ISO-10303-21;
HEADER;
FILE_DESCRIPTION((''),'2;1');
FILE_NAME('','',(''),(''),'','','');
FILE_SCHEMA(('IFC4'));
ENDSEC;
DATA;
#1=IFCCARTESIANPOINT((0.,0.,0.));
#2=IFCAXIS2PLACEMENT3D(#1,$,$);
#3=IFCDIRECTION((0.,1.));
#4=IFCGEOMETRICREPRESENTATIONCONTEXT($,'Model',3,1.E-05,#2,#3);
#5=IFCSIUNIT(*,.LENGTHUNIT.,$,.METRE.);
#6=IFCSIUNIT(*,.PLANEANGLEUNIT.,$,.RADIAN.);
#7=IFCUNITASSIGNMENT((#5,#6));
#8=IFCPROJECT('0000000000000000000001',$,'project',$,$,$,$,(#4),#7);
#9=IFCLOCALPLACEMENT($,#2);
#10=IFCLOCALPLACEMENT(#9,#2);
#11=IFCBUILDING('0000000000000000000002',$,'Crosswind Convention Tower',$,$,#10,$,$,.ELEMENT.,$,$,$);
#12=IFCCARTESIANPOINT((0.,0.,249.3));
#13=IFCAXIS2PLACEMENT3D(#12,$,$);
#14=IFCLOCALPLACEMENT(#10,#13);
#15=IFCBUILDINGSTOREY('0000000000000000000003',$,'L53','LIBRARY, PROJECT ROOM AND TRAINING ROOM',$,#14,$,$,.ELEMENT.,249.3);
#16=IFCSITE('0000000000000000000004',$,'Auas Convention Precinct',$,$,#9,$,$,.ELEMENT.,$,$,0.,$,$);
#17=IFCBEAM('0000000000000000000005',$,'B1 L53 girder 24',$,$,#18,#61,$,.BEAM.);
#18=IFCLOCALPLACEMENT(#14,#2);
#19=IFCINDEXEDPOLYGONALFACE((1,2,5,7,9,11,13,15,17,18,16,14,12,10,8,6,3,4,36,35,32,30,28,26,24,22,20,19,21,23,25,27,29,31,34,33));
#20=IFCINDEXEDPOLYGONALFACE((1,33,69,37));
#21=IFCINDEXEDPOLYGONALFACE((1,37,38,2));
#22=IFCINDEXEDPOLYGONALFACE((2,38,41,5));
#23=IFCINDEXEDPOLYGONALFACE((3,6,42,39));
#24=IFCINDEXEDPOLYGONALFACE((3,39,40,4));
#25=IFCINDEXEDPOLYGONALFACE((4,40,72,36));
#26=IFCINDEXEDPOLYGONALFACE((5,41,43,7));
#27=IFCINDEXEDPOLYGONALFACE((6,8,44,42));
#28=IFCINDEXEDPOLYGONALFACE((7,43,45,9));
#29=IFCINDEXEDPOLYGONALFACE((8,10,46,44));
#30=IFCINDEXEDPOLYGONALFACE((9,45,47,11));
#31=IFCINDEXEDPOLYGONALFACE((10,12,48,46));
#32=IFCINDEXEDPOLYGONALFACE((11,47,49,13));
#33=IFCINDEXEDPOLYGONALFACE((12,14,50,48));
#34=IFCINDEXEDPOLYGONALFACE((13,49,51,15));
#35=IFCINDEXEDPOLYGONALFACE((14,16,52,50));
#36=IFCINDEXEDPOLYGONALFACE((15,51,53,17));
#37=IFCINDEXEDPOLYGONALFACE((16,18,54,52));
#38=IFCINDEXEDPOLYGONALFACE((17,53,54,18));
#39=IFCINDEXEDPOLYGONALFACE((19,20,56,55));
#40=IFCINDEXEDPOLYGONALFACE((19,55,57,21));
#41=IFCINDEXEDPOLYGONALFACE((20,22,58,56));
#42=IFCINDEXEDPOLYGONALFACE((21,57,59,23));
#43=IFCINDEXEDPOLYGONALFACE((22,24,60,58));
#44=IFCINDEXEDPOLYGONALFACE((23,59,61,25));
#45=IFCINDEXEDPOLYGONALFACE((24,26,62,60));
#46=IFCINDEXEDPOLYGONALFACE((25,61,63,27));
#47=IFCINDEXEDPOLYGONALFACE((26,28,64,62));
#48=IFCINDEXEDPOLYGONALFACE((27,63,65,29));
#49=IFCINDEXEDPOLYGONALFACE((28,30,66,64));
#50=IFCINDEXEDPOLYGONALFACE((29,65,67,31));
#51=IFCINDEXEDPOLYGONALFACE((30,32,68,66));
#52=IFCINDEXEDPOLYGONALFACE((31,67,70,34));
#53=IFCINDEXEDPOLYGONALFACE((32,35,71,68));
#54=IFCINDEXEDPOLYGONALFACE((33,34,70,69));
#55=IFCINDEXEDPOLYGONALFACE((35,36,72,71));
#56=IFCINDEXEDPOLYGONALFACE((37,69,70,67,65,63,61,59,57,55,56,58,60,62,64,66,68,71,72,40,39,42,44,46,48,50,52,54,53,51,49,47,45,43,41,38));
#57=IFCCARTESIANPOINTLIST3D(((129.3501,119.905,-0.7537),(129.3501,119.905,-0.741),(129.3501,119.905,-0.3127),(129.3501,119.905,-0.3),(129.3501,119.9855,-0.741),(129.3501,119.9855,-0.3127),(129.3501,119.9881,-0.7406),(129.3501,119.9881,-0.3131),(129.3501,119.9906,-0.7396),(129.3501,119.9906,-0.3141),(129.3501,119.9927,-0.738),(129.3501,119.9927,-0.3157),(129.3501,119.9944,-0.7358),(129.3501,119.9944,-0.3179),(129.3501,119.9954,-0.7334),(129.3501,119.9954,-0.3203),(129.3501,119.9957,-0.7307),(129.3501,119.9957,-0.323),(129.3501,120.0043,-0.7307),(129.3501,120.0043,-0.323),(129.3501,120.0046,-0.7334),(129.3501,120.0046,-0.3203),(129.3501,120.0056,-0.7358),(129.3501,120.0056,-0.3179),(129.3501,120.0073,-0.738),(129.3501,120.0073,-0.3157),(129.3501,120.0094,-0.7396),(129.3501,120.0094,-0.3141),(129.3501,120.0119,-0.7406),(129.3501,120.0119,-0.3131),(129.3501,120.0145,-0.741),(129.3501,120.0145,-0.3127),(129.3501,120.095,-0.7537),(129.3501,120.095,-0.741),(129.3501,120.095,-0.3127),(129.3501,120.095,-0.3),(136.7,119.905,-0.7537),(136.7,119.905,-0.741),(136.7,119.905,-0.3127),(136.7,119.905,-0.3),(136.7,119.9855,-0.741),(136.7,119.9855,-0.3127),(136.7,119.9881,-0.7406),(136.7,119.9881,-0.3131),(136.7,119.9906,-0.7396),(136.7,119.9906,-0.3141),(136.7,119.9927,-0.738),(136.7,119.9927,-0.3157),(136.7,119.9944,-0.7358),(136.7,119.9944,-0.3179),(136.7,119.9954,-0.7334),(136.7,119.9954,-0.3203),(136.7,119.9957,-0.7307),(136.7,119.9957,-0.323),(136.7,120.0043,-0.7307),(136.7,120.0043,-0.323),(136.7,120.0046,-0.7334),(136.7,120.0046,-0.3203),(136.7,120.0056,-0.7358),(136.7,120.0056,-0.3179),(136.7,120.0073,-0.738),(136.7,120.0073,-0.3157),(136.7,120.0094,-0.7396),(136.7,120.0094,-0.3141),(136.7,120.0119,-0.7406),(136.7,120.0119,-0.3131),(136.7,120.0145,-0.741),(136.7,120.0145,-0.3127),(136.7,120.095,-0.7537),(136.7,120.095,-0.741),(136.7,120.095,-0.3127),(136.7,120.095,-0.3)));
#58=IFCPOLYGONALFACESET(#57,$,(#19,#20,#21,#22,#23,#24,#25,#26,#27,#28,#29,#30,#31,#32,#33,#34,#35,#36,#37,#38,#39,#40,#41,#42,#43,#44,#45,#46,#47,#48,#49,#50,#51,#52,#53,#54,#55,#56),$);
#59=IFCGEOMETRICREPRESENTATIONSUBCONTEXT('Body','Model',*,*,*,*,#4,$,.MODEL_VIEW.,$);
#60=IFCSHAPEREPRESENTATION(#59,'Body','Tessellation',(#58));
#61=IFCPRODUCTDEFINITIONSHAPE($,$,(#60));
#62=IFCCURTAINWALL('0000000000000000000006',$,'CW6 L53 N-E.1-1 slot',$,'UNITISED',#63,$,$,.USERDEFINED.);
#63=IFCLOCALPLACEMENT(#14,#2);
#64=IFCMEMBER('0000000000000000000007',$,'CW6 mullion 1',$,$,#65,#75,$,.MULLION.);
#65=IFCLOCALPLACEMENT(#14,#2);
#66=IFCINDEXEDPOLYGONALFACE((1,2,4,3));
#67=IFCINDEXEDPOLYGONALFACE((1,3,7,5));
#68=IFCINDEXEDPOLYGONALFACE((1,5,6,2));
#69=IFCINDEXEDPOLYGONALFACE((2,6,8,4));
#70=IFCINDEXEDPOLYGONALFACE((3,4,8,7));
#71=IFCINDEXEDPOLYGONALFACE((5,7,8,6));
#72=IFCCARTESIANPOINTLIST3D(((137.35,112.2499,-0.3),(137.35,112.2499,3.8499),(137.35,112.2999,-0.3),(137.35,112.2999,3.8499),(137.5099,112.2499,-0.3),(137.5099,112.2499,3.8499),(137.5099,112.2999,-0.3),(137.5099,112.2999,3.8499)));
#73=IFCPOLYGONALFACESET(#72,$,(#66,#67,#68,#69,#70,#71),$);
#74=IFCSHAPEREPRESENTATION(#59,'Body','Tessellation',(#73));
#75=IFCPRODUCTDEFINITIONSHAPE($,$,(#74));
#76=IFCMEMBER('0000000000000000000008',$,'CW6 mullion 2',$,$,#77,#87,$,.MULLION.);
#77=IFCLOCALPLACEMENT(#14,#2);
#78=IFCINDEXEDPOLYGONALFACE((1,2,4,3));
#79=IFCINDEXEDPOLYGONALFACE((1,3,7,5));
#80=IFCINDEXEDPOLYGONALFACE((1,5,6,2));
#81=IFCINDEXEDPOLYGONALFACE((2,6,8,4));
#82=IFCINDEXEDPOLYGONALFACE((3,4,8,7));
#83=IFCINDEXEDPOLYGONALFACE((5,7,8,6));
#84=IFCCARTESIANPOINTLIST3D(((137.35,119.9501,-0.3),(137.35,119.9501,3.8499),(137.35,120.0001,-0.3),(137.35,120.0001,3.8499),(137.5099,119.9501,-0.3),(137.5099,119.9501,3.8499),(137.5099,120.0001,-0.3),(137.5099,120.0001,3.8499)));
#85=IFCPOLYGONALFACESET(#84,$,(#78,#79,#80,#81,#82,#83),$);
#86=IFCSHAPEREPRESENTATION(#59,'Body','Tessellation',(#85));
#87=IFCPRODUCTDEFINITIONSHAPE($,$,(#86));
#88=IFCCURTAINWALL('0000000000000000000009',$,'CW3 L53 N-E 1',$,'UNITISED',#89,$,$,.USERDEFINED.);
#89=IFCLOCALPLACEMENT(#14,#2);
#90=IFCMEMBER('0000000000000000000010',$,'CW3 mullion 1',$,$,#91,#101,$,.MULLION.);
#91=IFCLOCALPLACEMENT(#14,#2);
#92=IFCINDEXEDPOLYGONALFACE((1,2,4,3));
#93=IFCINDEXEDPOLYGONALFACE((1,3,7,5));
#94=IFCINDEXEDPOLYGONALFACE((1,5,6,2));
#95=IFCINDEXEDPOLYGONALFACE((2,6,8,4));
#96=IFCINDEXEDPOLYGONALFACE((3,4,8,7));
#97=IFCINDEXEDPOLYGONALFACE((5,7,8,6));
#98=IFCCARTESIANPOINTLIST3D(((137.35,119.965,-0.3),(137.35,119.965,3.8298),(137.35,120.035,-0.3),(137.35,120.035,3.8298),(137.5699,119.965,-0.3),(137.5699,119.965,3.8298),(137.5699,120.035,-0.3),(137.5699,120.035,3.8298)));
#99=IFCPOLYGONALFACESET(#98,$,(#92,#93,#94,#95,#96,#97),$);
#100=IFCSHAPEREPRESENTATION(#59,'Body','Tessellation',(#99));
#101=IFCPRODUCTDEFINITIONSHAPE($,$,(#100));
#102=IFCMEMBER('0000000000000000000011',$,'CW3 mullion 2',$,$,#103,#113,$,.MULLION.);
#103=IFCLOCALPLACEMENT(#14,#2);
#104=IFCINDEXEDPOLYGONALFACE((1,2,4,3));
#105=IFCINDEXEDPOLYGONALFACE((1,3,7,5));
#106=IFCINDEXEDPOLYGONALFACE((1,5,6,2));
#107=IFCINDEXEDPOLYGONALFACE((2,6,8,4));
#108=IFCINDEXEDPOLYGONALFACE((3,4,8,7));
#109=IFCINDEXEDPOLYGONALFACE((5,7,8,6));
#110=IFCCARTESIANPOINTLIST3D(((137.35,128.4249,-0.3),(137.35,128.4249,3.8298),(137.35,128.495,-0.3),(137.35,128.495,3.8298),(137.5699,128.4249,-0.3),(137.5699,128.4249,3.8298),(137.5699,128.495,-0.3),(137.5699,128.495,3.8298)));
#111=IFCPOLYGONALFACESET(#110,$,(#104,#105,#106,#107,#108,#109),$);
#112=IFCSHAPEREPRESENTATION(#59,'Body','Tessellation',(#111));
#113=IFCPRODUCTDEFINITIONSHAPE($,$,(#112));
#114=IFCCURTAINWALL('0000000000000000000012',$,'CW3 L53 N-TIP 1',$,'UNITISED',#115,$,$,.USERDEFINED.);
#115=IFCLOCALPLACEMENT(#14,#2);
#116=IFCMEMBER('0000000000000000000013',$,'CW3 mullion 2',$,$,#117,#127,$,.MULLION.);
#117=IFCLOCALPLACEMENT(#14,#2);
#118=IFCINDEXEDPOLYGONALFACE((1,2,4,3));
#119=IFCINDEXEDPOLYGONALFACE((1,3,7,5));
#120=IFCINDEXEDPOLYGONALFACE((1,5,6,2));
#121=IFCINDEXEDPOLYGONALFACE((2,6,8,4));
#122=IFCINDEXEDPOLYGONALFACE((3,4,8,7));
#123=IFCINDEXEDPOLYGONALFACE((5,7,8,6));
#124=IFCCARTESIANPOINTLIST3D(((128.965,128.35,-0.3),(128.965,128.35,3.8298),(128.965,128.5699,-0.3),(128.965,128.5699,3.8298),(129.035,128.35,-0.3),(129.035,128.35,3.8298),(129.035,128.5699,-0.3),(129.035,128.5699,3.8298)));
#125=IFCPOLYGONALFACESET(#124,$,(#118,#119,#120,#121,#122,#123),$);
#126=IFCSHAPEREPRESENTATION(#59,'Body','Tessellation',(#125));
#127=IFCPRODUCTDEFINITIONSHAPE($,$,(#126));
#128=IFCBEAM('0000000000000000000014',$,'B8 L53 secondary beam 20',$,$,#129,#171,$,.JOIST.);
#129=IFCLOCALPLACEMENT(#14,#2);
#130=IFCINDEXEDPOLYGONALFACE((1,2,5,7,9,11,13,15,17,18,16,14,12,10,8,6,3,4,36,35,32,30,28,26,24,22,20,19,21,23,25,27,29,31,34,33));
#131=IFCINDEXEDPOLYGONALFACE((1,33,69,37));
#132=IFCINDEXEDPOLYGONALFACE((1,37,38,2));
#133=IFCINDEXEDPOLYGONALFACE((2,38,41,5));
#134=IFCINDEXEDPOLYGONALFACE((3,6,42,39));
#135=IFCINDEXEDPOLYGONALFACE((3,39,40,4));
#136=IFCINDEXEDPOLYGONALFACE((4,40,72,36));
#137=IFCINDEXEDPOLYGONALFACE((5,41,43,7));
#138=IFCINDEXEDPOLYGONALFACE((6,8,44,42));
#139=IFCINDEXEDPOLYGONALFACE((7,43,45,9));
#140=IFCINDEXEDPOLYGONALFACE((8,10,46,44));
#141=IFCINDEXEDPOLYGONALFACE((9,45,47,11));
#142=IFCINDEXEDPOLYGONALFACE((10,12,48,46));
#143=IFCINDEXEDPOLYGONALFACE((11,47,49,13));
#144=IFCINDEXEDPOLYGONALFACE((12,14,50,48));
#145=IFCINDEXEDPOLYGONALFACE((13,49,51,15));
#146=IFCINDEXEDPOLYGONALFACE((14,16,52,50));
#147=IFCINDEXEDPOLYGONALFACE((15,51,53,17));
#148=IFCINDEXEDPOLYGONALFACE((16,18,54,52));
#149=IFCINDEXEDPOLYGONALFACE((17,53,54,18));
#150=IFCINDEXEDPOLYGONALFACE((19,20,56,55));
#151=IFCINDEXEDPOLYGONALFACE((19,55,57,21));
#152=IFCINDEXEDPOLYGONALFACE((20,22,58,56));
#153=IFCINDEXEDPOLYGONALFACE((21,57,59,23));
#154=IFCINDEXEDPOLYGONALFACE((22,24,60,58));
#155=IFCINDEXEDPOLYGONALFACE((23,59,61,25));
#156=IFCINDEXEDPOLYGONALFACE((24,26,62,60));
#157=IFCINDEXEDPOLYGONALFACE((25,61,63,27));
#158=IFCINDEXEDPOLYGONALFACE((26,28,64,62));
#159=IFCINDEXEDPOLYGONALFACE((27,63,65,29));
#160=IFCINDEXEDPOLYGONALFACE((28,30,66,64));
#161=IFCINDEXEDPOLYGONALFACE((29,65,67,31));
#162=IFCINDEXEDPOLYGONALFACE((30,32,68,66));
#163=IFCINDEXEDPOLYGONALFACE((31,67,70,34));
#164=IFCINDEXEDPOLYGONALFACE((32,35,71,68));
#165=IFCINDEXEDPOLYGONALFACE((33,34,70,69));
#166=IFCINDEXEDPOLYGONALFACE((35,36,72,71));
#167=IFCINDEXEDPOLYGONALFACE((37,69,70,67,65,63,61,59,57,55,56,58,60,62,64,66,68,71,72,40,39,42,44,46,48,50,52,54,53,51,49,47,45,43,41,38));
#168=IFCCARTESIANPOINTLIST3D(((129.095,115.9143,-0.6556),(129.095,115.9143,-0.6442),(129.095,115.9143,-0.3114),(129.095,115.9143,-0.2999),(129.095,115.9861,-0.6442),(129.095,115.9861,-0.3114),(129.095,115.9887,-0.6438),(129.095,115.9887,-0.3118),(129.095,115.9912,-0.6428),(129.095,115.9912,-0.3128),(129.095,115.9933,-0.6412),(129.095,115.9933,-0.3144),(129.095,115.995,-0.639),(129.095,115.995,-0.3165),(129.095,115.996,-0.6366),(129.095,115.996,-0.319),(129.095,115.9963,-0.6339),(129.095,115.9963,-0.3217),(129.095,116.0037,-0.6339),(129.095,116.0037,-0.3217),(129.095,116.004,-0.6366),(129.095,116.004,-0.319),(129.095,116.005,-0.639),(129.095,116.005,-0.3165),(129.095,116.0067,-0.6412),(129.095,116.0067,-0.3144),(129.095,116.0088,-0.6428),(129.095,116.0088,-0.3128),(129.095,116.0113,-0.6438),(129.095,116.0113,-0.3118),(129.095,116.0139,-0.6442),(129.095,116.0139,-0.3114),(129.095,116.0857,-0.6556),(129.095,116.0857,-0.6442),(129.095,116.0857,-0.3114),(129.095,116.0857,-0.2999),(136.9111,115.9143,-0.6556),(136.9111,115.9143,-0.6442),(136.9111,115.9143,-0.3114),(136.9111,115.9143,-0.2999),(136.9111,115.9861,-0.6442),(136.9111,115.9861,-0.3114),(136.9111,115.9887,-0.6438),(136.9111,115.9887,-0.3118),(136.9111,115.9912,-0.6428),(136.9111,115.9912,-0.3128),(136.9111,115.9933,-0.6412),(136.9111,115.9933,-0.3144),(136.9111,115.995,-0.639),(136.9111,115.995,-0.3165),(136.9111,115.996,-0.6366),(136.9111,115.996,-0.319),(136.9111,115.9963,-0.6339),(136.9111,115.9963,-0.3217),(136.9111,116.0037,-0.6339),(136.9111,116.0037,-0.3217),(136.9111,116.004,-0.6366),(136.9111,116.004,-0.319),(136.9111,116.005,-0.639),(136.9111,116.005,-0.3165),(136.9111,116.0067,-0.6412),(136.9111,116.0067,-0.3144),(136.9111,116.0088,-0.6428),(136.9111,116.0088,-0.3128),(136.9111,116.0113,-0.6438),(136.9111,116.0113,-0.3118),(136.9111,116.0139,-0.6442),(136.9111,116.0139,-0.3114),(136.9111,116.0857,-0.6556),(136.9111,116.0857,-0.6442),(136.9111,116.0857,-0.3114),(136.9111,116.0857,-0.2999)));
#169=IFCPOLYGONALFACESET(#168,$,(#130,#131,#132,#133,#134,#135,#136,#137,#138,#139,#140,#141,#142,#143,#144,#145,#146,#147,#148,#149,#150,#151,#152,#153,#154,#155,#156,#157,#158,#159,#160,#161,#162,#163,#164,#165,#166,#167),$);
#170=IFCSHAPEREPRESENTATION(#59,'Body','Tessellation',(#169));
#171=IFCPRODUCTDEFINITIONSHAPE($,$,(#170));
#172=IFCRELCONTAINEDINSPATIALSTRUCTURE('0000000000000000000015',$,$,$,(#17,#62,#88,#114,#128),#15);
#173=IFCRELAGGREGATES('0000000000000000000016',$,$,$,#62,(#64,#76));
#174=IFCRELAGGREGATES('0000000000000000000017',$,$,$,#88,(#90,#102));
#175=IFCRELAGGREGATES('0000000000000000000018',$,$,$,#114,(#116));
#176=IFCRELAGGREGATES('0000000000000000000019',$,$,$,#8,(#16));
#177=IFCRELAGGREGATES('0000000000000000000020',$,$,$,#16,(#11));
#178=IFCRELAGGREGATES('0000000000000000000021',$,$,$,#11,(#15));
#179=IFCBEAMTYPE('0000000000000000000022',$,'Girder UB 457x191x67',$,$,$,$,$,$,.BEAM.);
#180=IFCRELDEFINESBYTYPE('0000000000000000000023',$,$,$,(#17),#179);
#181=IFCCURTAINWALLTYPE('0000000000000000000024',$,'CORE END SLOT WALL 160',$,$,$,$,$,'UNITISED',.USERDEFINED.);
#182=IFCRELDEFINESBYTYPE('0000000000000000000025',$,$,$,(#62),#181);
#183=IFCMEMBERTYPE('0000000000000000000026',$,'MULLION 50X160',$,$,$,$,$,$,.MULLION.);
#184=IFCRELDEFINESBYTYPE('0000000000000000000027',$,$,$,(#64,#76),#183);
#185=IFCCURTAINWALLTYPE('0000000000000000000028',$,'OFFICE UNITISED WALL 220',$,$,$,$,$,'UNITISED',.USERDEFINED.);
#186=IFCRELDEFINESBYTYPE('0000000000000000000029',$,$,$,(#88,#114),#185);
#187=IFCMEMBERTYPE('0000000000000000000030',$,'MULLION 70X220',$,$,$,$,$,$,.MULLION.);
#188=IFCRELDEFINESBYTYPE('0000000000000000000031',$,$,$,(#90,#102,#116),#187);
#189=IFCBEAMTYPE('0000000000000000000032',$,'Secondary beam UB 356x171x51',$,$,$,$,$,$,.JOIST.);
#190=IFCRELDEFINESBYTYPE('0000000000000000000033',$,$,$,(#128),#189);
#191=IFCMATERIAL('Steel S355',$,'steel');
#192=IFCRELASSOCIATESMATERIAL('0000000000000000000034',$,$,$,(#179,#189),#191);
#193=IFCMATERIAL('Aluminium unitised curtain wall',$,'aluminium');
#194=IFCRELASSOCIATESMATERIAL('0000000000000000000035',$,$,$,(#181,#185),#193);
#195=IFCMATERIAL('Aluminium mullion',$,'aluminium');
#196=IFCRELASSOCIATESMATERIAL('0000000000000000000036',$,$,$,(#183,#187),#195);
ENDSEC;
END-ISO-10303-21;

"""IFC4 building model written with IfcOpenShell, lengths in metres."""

from ifc_helpers import new_model, si_unit, direction, frame, origin, origin_2d, place, context, subcontext, project, spatial, rectangle, i_section, extrude, material, material_profile, profile_set, type_object, element, aggregate, save


model = new_model("IFC4")

# Units and contexts
model_context = context("Model", 3, precision=1e-05, world=origin(), true_north=direction((0.0, 1.0)))
body_context = subcontext(model_context, "Body", "Model", "MODEL_VIEW")
ifc_project = project(units=[si_unit("LENGTHUNIT", "METRE"), si_unit("PLANEANGLEUNIT", "RADIAN")], contexts=[model_context])

# Site, building, storey
site_placement = place(None, origin())
site = spatial("IfcSite", under=ifc_project, at=site_placement, Name="Auas Convention Precinct", CompositionType="ELEMENT", RefElevation=0.0)
building_placement = place(site_placement, origin())
building = spatial("IfcBuilding", under=site, at=building_placement, Name="Crosswind Convention Tower", CompositionType="ELEMENT")
storey_placement = place(building_placement, frame((0.0, 0.0, 249.3)))
storey = spatial("IfcBuildingStorey", under=building, at=storey_placement, Name="L53", Description="LIBRARY, PROJECT ROOM AND TRAINING ROOM", CompositionType="ELEMENT", Elevation=249.3)

# Beam
ifc_material_1 = material(Name="Steel S355", Category="steel")
ifc_material_profile_1 = material_profile(ifc_material_1, i_section(OverallWidth=0.1899, OverallDepth=0.4536, WebThickness=0.0085, FlangeThickness=0.0127, FilletRadius=0.0103, at=origin_2d()), Name="UB 457x191x67")
ifc_profile_set_1 = profile_set([ifc_material_profile_1], Name="Steel S355")
beam_type_1 = type_object("IfcBeamType", Name="Girder UB 457x191x67", PredefinedType="BEAM", material=ifc_profile_set_1)
for number, where, z_axis, x_axis, name in (
    (1, (129.3501, 120.0, -0.5269), (1.0, 0.0, 0.0), (0.0, 1.0, 0.0), "B1 L53 girder 24"),
):
    element("IfcBeam", number, at=place(storey_placement, frame(where, z_axis=z_axis, x_axis=x_axis)), inside=storey, type_object=beam_type_1, Name=name, PredefinedType="BEAM", context=body_context, shape_type="SweptSolid", body=[
        extrude(i_section(OverallWidth=0.1899, OverallDepth=0.4536, WebThickness=0.0085, FlangeThickness=0.0127, FilletRadius=0.0103, at=origin_2d()), origin(), (0.0, 0.0, 1.0), 7.3499),
    ])

# Curtain walls, members
ifc_material_2 = material(Name="Aluminium unitised curtain wall", Category="aluminium")
curtain_wall_type_1 = type_object("IfcCurtainWallType", Name="CORE END SLOT WALL 160", ElementType="UNITISED", PredefinedType="USERDEFINED", material=ifc_material_2)
curtain_wall_1_placement = place(storey_placement, origin())
curtain_wall_1 = element("IfcCurtainWall", 2, at=curtain_wall_1_placement, inside=storey, type_object=curtain_wall_type_1, Name="CW6 L53 N-E.1-1 slot", ObjectType="UNITISED", PredefinedType="USERDEFINED")
ifc_material_3 = material(Name="Aluminium mullion", Category="aluminium")
ifc_material_profile_2 = material_profile(ifc_material_3, rectangle(XDim=0.1599, YDim=0.05, at=origin_2d()), Name="AL 160X50")
ifc_profile_set_2 = profile_set([ifc_material_profile_2], Name="Aluminium mullion")
member_type_1 = type_object("IfcMemberType", Name="MULLION 50X160", PredefinedType="MULLION", material=ifc_profile_set_2)
member_1_placement = place(storey_placement, frame((137.4299, 112.2749, -0.3), z_axis=(0.0, 0.0, 1.0), x_axis=(1.0, 0.0, 0.0)))
member_1 = element("IfcMember", 3, at=member_1_placement, type_object=member_type_1, Name="CW6 mullion 1", PredefinedType="MULLION", context=body_context, shape_type="SweptSolid", body=[
    extrude(rectangle(XDim=0.1599, YDim=0.05, at=origin_2d()), origin(), (0.0, 0.0, 1.0), 4.1499),
])
member_2_placement = place(storey_placement, frame((137.4299, 119.9751, -0.3), z_axis=(0.0, 0.0, 1.0), x_axis=(1.0, 0.0, 0.0)))
member_2 = element("IfcMember", 4, at=member_2_placement, type_object=member_type_1, Name="CW6 mullion 2", PredefinedType="MULLION", context=body_context, shape_type="SweptSolid", body=[
    extrude(rectangle(XDim=0.1599, YDim=0.05, at=origin_2d()), origin(), (0.0, 0.0, 1.0), 4.1499),
])
curtain_wall_type_2 = type_object("IfcCurtainWallType", Name="OFFICE UNITISED WALL 220", ElementType="UNITISED", PredefinedType="USERDEFINED", material=ifc_material_2)
curtain_wall_2_placement = place(storey_placement, origin())
curtain_wall_2 = element("IfcCurtainWall", 5, at=curtain_wall_2_placement, inside=storey, type_object=curtain_wall_type_2, Name="CW3 L53 N-E 1", ObjectType="UNITISED", PredefinedType="USERDEFINED")
ifc_material_profile_3 = material_profile(ifc_material_3, rectangle(XDim=0.22, YDim=0.0701, at=origin_2d()), Name="AL 220X70")
ifc_profile_set_3 = profile_set([ifc_material_profile_3], Name="Aluminium mullion")
member_type_2 = type_object("IfcMemberType", Name="MULLION 70X220", PredefinedType="MULLION", material=ifc_profile_set_3)
member_3_placement = place(storey_placement, frame((137.46, 120.0, -0.3), z_axis=(0.0, 0.0, 1.0), x_axis=(1.0, 0.0, 0.0)))
member_3 = element("IfcMember", 6, at=member_3_placement, type_object=member_type_2, Name="CW3 mullion 1", PredefinedType="MULLION", context=body_context, shape_type="SweptSolid", body=[
    extrude(rectangle(XDim=0.22, YDim=0.0701, at=origin_2d()), origin(), (0.0, 0.0, 1.0), 4.1299),
])
member_4_placement = place(storey_placement, frame((137.46, 128.46, -0.3), z_axis=(0.0, 0.0, 1.0), x_axis=(1.0, 0.0, 0.0)))
member_4 = element("IfcMember", 7, at=member_4_placement, type_object=member_type_2, Name="CW3 mullion 2", PredefinedType="MULLION", context=body_context, shape_type="SweptSolid", body=[
    extrude(rectangle(XDim=0.22, YDim=0.0701, at=origin_2d()), origin(), (0.0, 0.0, 1.0), 4.1299),
])

# Curtain wall, member
curtain_wall_3_placement = place(storey_placement, origin())
curtain_wall_3 = element("IfcCurtainWall", 8, at=curtain_wall_3_placement, inside=storey, type_object=curtain_wall_type_2, Name="CW3 L53 N-TIP 1", ObjectType="UNITISED", PredefinedType="USERDEFINED")
member_5_placement = place(storey_placement, frame((129.0, 128.46, -0.3), z_axis=(0.0, 0.0, 1.0), x_axis=(0.0, 1.0, 0.0)))
member_5 = element("IfcMember", 9, at=member_5_placement, type_object=member_type_2, Name="CW3 mullion 2", PredefinedType="MULLION", context=body_context, shape_type="SweptSolid", body=[
    extrude(rectangle(XDim=0.22, YDim=0.0701, at=origin_2d()), origin(), (0.0, 0.0, 1.0), 4.1299),
])

# Beam
ifc_material_profile_4 = material_profile(ifc_material_1, i_section(OverallWidth=0.1714, OverallDepth=0.3557, WebThickness=0.0073, FlangeThickness=0.0115, FilletRadius=0.0103, at=origin_2d()), Name="UB 356x171x51")
ifc_profile_set_4 = profile_set([ifc_material_profile_4], Name="Steel S355")
beam_type_2 = type_object("IfcBeamType", Name="Secondary beam UB 356x171x51", PredefinedType="JOIST", material=ifc_profile_set_4)
for number, where, z_axis, x_axis, name in (
    (10, (129.095, 116.0, -0.4778), (1.0, 0.0, 0.0), (0.0, 1.0, 0.0), "B8 L53 secondary beam 20"),
):
    element("IfcBeam", number, at=place(storey_placement, frame(where, z_axis=z_axis, x_axis=x_axis)), inside=storey, type_object=beam_type_2, Name=name, PredefinedType="JOIST", context=body_context, shape_type="SweptSolid", body=[
        extrude(i_section(OverallWidth=0.1714, OverallDepth=0.3557, WebThickness=0.0073, FlangeThickness=0.0115, FilletRadius=0.0103, at=origin_2d()), origin(), (0.0, 0.0, 1.0), 7.8162),
    ])

aggregate(curtain_wall_1, [member_1, member_2])

aggregate(curtain_wall_2, [member_3, member_4])
aggregate(curtain_wall_3, [member_5])

save(model, "model.ifc")
